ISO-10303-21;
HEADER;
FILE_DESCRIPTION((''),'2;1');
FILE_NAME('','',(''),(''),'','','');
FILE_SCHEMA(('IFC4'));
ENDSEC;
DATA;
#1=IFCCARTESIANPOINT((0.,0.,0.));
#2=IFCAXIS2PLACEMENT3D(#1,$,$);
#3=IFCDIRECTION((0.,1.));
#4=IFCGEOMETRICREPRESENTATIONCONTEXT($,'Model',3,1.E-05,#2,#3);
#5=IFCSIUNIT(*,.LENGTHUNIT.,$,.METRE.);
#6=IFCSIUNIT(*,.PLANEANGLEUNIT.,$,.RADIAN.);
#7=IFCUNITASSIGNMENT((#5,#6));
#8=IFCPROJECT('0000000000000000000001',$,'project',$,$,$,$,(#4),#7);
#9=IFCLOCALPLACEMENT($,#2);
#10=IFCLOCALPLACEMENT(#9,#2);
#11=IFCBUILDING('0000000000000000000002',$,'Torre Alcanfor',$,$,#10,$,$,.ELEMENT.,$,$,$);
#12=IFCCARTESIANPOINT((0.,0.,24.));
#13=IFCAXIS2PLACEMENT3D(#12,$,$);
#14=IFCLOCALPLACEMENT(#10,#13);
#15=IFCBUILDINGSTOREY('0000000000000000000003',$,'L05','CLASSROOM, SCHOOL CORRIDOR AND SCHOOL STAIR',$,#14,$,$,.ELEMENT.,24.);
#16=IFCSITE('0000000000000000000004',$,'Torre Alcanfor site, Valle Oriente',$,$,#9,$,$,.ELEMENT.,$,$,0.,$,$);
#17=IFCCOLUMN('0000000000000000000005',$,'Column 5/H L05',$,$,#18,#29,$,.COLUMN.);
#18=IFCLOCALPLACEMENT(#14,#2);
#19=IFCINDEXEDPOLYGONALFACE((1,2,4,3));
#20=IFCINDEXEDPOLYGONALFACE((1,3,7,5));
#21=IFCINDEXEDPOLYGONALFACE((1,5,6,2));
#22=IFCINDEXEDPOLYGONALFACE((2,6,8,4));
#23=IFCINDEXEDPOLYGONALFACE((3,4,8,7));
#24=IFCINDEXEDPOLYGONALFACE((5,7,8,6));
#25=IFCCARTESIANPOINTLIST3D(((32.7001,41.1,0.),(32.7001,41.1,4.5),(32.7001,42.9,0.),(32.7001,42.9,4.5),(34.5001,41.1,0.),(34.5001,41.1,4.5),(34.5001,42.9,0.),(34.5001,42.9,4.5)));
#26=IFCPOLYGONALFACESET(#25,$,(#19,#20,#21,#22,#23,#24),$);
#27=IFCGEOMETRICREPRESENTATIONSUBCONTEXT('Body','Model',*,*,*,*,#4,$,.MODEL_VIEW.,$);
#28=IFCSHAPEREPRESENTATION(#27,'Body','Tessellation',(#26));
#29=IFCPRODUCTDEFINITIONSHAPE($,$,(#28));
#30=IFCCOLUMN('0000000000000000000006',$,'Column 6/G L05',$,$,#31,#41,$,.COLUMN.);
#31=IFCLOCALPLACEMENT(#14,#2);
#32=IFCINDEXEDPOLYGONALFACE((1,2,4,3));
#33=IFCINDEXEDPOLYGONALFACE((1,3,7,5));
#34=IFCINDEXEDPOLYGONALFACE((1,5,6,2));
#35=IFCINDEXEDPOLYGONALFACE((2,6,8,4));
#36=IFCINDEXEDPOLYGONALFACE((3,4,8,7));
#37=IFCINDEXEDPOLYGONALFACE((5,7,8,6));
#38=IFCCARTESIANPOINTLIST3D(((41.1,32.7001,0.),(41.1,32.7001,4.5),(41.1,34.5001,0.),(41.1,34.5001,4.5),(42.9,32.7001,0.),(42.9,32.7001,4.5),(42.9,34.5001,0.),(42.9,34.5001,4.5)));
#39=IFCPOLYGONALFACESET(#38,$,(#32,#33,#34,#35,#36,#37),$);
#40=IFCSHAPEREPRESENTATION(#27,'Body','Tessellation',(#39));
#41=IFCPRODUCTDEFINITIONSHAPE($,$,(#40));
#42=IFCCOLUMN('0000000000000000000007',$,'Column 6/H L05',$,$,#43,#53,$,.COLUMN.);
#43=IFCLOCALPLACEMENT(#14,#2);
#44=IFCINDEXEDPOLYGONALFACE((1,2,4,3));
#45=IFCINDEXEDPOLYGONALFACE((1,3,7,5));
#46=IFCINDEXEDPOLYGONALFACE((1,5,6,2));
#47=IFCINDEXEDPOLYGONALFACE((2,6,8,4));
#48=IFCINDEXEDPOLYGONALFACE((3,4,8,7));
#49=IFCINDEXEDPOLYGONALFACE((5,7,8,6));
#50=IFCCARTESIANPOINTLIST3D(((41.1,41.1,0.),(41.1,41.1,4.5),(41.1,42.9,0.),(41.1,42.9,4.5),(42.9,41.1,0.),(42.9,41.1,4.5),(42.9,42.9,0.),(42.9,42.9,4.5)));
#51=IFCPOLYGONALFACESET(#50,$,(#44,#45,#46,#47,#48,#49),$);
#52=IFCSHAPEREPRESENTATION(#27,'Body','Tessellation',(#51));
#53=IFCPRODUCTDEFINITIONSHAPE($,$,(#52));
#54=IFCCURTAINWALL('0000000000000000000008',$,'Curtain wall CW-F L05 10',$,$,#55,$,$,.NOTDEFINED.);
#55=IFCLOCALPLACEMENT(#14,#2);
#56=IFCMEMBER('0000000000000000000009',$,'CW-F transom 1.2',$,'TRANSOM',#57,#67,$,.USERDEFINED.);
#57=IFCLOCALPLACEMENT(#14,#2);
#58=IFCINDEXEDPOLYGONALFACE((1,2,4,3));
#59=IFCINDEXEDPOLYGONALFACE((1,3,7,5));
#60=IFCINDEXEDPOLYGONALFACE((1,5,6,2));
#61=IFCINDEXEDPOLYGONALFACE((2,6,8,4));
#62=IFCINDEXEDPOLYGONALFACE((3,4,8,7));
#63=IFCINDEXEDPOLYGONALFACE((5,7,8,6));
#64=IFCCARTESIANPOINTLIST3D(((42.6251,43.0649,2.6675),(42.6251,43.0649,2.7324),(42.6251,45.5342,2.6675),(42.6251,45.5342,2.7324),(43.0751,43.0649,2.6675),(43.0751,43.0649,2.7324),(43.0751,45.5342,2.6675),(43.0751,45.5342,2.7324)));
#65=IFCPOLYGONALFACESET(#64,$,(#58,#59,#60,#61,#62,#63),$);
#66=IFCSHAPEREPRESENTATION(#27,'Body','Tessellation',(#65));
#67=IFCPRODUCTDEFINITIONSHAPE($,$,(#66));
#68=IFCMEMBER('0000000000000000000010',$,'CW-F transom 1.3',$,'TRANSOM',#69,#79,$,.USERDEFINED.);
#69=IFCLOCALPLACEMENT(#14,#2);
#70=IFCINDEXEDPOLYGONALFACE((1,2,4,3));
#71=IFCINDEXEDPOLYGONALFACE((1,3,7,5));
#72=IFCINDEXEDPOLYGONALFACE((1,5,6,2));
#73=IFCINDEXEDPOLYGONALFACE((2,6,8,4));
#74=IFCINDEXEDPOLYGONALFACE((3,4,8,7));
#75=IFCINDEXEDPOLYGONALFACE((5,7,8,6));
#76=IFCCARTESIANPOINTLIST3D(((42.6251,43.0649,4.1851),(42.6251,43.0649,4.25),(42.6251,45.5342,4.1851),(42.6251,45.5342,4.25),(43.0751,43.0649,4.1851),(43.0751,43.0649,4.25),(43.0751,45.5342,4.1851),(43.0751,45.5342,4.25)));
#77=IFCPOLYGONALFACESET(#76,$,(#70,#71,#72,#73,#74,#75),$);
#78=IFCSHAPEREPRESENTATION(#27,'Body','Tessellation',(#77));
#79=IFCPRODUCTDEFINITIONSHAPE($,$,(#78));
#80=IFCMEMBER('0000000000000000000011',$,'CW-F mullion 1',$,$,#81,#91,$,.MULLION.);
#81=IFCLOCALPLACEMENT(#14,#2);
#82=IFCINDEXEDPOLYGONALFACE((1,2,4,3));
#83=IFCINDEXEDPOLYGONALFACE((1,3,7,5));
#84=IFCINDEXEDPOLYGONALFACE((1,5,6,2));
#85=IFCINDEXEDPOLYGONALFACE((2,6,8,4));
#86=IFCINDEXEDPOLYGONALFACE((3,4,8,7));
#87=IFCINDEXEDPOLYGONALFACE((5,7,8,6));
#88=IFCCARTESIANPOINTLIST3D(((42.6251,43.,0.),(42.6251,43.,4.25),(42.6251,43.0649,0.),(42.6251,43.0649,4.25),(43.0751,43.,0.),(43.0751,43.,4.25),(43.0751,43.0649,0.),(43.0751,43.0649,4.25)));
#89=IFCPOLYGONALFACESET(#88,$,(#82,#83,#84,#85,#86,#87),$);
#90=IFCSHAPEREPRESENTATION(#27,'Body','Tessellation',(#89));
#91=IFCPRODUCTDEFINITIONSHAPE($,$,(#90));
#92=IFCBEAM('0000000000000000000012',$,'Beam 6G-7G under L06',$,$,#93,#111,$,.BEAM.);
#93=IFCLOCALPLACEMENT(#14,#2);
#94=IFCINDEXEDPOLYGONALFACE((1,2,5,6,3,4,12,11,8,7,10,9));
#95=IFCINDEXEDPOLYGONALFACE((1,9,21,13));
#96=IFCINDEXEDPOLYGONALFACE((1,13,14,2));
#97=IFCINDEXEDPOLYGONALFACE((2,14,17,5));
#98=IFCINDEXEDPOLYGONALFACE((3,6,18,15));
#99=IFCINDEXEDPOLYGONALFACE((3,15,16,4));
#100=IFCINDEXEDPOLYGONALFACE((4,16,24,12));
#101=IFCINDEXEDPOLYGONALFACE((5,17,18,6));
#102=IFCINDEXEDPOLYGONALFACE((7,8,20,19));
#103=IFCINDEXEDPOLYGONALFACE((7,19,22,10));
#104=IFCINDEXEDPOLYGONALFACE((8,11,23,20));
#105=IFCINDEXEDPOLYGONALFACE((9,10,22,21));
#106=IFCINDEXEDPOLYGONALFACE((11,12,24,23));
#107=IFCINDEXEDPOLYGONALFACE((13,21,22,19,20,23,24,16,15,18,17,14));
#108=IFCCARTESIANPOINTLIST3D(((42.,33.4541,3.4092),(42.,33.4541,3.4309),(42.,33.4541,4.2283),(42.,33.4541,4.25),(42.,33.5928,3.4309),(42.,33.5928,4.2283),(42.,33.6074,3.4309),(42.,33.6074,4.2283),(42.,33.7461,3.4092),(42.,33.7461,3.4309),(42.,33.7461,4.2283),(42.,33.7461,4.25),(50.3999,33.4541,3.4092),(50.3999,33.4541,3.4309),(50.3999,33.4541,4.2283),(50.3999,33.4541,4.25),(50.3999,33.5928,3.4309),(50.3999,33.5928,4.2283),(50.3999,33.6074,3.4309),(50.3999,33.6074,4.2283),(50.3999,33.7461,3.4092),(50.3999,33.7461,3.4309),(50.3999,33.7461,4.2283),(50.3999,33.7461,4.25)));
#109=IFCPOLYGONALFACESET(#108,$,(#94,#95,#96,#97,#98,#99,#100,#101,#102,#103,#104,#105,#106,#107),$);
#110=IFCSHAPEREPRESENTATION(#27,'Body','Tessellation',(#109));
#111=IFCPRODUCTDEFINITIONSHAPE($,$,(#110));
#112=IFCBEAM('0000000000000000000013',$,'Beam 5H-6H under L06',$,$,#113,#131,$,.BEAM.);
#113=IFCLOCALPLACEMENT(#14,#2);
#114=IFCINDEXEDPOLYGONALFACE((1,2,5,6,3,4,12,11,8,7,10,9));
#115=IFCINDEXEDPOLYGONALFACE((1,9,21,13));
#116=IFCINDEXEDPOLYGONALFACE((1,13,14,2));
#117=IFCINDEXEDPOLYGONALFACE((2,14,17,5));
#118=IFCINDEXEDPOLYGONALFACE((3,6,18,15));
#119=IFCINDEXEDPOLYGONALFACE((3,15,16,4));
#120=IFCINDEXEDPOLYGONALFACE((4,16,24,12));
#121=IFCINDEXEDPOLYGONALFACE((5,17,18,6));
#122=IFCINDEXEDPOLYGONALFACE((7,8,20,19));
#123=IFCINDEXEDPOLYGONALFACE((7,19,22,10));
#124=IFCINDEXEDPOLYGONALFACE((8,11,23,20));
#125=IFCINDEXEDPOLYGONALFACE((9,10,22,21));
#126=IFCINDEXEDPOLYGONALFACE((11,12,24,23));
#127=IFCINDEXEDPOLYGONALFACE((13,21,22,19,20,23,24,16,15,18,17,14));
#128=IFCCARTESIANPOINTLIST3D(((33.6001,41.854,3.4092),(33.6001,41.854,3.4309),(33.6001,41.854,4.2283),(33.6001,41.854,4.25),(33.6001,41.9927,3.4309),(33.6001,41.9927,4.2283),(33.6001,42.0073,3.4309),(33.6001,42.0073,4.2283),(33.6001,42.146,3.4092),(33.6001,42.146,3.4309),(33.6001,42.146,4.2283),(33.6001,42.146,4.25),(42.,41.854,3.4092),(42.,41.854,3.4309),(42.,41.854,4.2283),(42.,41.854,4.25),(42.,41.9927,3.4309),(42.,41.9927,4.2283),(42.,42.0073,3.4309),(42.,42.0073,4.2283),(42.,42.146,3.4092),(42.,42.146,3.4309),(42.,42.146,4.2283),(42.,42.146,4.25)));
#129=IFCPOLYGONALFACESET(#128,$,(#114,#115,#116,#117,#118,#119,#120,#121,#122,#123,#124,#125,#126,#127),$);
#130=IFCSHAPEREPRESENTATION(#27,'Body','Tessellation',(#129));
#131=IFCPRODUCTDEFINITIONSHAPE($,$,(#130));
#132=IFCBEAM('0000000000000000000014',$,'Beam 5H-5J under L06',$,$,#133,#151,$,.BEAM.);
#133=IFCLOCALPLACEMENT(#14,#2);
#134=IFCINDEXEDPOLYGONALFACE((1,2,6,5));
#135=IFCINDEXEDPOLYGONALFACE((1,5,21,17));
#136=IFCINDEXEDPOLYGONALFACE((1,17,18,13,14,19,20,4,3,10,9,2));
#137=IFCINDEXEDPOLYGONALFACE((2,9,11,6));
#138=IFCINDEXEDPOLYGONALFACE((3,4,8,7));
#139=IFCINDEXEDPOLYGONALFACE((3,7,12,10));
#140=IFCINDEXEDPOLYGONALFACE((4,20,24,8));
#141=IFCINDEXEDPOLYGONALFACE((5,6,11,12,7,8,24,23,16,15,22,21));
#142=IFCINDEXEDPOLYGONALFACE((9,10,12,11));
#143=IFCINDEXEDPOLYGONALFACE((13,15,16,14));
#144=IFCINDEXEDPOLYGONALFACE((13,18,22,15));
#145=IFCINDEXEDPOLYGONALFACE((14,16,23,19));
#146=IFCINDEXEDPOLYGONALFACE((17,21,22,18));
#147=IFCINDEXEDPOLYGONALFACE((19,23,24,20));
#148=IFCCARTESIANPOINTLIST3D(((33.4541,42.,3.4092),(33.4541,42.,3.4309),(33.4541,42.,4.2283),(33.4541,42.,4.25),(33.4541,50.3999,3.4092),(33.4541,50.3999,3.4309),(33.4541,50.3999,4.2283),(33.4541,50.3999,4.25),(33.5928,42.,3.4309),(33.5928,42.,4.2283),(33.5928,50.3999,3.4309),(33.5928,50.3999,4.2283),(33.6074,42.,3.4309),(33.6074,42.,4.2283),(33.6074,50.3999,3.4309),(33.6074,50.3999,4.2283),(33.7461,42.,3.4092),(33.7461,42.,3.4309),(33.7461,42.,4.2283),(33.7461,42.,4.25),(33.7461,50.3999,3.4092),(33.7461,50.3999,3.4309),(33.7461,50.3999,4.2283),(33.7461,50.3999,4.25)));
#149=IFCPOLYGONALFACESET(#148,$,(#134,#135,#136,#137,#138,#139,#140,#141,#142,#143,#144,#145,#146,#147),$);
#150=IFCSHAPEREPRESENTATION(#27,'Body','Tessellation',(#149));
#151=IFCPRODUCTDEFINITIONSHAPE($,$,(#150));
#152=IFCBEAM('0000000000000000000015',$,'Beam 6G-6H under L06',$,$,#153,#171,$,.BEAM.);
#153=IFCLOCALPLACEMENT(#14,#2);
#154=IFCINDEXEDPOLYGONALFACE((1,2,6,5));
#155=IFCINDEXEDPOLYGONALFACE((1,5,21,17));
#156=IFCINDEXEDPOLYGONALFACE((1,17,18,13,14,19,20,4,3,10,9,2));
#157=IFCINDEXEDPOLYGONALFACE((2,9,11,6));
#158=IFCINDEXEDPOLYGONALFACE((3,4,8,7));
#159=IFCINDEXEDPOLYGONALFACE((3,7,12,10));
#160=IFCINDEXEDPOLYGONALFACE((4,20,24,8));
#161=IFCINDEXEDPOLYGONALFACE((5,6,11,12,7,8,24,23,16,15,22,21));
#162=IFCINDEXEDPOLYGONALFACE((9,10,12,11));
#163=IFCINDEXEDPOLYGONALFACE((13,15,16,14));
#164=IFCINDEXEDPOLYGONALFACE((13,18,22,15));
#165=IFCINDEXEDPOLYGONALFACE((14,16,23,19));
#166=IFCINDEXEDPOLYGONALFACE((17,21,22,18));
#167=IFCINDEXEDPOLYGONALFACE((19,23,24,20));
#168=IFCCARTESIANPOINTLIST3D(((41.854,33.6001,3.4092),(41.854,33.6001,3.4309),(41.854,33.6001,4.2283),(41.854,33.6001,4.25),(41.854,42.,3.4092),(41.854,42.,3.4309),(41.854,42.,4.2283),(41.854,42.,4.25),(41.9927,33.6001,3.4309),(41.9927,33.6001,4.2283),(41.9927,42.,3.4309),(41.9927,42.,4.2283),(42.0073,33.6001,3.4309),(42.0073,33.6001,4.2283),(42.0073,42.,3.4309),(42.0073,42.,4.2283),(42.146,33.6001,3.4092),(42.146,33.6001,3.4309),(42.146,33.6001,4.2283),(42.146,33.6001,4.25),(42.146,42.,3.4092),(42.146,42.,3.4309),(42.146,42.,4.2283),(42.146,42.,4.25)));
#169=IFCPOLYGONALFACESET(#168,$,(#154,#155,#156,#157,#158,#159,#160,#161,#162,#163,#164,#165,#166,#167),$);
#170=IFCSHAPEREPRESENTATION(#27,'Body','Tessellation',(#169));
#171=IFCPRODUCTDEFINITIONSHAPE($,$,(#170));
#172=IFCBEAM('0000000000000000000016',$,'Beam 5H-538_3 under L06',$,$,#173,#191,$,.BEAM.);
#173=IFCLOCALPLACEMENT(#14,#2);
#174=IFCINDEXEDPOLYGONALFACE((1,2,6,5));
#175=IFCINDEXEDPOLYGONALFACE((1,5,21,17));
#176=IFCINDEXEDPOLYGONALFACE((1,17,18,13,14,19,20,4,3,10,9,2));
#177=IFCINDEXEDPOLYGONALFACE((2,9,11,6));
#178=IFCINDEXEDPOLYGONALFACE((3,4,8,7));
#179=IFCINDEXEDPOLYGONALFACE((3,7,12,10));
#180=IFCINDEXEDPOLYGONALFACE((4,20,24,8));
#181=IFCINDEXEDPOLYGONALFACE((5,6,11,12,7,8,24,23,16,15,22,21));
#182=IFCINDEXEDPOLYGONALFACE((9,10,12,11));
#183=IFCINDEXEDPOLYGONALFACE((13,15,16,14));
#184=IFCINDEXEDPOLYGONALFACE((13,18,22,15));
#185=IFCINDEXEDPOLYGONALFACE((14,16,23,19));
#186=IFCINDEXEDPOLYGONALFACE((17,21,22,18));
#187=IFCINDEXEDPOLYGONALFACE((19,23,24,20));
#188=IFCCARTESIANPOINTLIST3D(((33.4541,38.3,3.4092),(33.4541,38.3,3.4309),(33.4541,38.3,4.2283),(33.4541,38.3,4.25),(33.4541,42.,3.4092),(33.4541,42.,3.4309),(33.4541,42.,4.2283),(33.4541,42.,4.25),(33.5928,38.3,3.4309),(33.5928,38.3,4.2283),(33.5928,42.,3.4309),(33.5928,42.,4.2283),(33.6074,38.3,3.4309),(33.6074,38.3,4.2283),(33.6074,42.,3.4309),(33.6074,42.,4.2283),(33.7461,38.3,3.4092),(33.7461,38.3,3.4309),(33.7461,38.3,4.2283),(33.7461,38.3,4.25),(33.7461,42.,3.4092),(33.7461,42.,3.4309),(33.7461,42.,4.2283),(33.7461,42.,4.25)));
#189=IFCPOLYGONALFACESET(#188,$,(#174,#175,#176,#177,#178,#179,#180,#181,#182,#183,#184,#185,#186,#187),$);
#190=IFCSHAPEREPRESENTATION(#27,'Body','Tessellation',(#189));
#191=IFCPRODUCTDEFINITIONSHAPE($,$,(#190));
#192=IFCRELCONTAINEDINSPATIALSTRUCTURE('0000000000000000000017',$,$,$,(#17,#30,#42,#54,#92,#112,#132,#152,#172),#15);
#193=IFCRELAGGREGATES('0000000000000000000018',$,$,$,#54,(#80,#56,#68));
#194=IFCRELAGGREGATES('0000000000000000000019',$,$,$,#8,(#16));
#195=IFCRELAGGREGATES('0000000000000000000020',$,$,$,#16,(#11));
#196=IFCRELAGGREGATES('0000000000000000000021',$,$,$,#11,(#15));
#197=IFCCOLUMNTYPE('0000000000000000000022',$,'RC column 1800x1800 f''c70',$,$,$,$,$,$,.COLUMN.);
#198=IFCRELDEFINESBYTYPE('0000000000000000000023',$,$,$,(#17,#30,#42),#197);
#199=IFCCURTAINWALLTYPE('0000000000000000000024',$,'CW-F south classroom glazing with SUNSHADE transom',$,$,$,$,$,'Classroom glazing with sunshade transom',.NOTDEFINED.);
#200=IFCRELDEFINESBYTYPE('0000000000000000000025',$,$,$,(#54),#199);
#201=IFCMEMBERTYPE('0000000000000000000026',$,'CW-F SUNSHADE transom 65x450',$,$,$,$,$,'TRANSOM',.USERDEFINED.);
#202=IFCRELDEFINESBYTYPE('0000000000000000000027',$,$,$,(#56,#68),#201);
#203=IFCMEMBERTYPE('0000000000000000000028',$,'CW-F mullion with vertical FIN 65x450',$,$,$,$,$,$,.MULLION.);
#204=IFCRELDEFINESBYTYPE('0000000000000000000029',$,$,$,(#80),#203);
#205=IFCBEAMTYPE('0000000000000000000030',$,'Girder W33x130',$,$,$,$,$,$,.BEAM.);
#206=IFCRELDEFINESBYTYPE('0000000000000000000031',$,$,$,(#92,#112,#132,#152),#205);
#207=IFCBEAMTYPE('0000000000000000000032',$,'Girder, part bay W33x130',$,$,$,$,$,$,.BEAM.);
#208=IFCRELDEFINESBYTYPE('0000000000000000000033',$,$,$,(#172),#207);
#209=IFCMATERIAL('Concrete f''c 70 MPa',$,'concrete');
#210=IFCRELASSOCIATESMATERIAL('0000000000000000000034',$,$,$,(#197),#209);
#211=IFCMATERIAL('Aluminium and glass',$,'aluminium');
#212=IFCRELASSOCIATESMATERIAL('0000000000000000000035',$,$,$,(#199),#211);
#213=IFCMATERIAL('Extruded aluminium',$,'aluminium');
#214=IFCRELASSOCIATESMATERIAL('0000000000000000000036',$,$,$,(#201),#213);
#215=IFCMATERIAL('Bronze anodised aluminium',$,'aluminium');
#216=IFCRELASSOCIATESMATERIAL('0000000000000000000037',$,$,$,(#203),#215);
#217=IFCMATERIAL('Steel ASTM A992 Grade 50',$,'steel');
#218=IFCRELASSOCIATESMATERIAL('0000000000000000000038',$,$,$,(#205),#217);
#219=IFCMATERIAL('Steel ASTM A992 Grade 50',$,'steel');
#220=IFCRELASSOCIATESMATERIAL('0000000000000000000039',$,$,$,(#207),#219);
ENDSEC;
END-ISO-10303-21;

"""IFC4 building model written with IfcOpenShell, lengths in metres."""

from ifc_helpers import new_model, si_unit, direction, frame, origin, origin_2d, place, context, subcontext, project, spatial, rectangle, i_section, extrude, material, material_profile, profile_set, type_object, element, aggregate, save


model = new_model("IFC4")

# Units and contexts
model_context = context("Model", 3, precision=1e-05, world=origin(), true_north=direction((0.0, 1.0)))
body_context = subcontext(model_context, "Body", "Model", "MODEL_VIEW")
ifc_project = project(units=[si_unit("LENGTHUNIT", "METRE"), si_unit("PLANEANGLEUNIT", "RADIAN")], contexts=[model_context])

# Site, building, storey
site_placement = place(None, origin())
site = spatial("IfcSite", under=ifc_project, at=site_placement, Name="Torre Alcanfor site, Valle Oriente", CompositionType="ELEMENT", RefElevation=0.0)
building_placement = place(site_placement, origin())
building = spatial("IfcBuilding", under=site, at=building_placement, Name="Torre Alcanfor", CompositionType="ELEMENT")
storey_placement = place(building_placement, frame((0.0, 0.0, 24.0)))
storey = spatial("IfcBuildingStorey", under=building, at=storey_placement, Name="L05", Description="CLASSROOM, SCHOOL CORRIDOR AND SCHOOL STAIR", CompositionType="ELEMENT", Elevation=24.0)

# Columns
ifc_material_1 = material(Name="Concrete f'c 70 MPa", Category="concrete")
ifc_material_profile_1 = material_profile(ifc_material_1, rectangle(XDim=1.8, YDim=1.8, at=origin_2d()), Name="1800x1800")
ifc_profile_set_1 = profile_set([ifc_material_profile_1], Name="Concrete f'c 70 MPa")
column_type = type_object("IfcColumnType", Name="RC column 1800x1800 f'c70", PredefinedType="COLUMN", material=ifc_profile_set_1)
for number, where, z_axis, x_axis, name in (
    (1, (33.6001, 42.0, 0.0), (0.0, 0.0, 1.0), (1.0, 0.0, 0.0), "Column 5/H L05"),
    (2, (42.0, 33.6001, 0.0), (0.0, 0.0, 1.0), (1.0, 0.0, 0.0), "Column 6/G L05"),
    (3, (42.0, 42.0, 0.0), (0.0, 0.0, 1.0), (1.0, 0.0, 0.0), "Column 6/H L05"),
):
    element("IfcColumn", number, at=place(storey_placement, frame(where, z_axis=z_axis, x_axis=x_axis)), inside=storey, type_object=column_type, Name=name, PredefinedType="COLUMN", context=body_context, shape_type="SweptSolid", body=[
        extrude(rectangle(XDim=1.8, YDim=1.8, at=origin_2d()), origin(), (0.0, 0.0, 1.0), 4.5),
    ])

# Curtain wall, members
ifc_material_2 = material(Name="Aluminium and glass", Category="aluminium")
curtain_wall_type = type_object("IfcCurtainWallType", Name="CW-F south classroom glazing with SUNSHADE transom", ElementType="Classroom glazing with sunshade transom", PredefinedType="NOTDEFINED", material=ifc_material_2)
curtain_wall_placement = place(storey_placement, origin())
curtain_wall = element("IfcCurtainWall", 4, at=curtain_wall_placement, inside=storey, type_object=curtain_wall_type, Name="Curtain wall CW-F L05 10", PredefinedType="NOTDEFINED")
ifc_material_3 = material(Name="Extruded aluminium", Category="aluminium")
ifc_material_profile_2 = material_profile(ifc_material_3, rectangle(XDim=0.45, YDim=0.0649, at=origin_2d()), Name="CW-F transom 450x65")
ifc_profile_set_2 = profile_set([ifc_material_profile_2], Name="Extruded aluminium")
member_type_1 = type_object("IfcMemberType", Name="CW-F SUNSHADE transom 65x450", ElementType="TRANSOM", PredefinedType="USERDEFINED", material=ifc_profile_set_2)
member_1_placement = place(storey_placement, frame((42.8501, 43.0649, 2.7), z_axis=(0.0, 1.0, 0.0), x_axis=(-1.0, 0.0, 0.0)))
member_1 = element("IfcMember", 5, at=member_1_placement, type_object=member_type_1, Name="CW-F transom 1.2", ObjectType="TRANSOM", PredefinedType="USERDEFINED", context=body_context, shape_type="SweptSolid", body=[
    extrude(rectangle(XDim=0.45, YDim=0.0649, at=origin_2d()), origin(), (0.0, 0.0, 1.0), 2.4692),
])
member_2_placement = place(storey_placement, frame((42.8501, 43.0649, 4.2175), z_axis=(0.0, 1.0, 0.0), x_axis=(-1.0, 0.0, 0.0)))
member_2 = element("IfcMember", 6, at=member_2_placement, type_object=member_type_1, Name="CW-F transom 1.3", ObjectType="TRANSOM", PredefinedType="USERDEFINED", context=body_context, shape_type="SweptSolid", body=[
    extrude(rectangle(XDim=0.45, YDim=0.0649, at=origin_2d()), origin(), (0.0, 0.0, 1.0), 2.4692),
])
ifc_material_4 = material(Name="Bronze anodised aluminium", Category="aluminium")
ifc_material_profile_3 = material_profile(ifc_material_4, rectangle(XDim=0.45, YDim=0.0649, at=origin_2d()), Name="CW-F mullion 65x450")
ifc_profile_set_3 = profile_set([ifc_material_profile_3], Name="Bronze anodised aluminium")
member_type_2 = type_object("IfcMemberType", Name="CW-F mullion with vertical FIN 65x450", PredefinedType="MULLION", material=ifc_profile_set_3)
member_3_placement = place(storey_placement, frame((42.8501, 43.0325, 0.0), z_axis=(0.0, 0.0, 1.0), x_axis=(-1.0, 0.0, 0.0)))
member_3 = element("IfcMember", 7, at=member_3_placement, type_object=member_type_2, Name="CW-F mullion 1", PredefinedType="MULLION", context=body_context, shape_type="SweptSolid", body=[
    extrude(rectangle(XDim=0.45, YDim=0.0649, at=origin_2d()), origin(), (0.0, 0.0, 1.0), 4.25),
])
aggregate(curtain_wall, [member_3, member_1, member_2])

# Beams
ifc_material_5 = material(Name="Steel ASTM A992 Grade 50", Category="steel")
ifc_material_profile_4 = material_profile(ifc_material_5, i_section(OverallWidth=0.292, OverallDepth=0.8408, WebThickness=0.0146, FlangeThickness=0.0217, at=origin_2d()), Name="W33x130")
ifc_profile_set_4 = profile_set([ifc_material_profile_4], Name="Steel ASTM A992 Grade 50")
beam_type_1 = type_object("IfcBeamType", Name="Girder W33x130", PredefinedType="BEAM", material=ifc_profile_set_4)
for number, where, z_axis, x_axis, name in (
    (8, (42.0, 33.6001, 3.8296), (1.0, 0.0, 0.0), (0.0, 1.0, 0.0), "Beam 6G-7G under L06"),
    (9, (33.6001, 42.0, 3.8296), (1.0, 0.0, 0.0), (0.0, 1.0, 0.0), "Beam 5H-6H under L06"),
    (10, (33.6001, 42.0, 3.8296), (0.0, 1.0, 0.0), (-1.0, 0.0, 0.0), "Beam 5H-5J under L06"),
    (11, (42.0, 33.6001, 3.8296), (0.0, 1.0, 0.0), (-1.0, 0.0, 0.0), "Beam 6G-6H under L06"),
):
    element("IfcBeam", number, at=place(storey_placement, frame(where, z_axis=z_axis, x_axis=x_axis)), inside=storey, type_object=beam_type_1, Name=name, PredefinedType="BEAM", context=body_context, shape_type="SweptSolid", body=[
        extrude(i_section(OverallWidth=0.292, OverallDepth=0.8408, WebThickness=0.0146, FlangeThickness=0.0217, at=origin_2d()), origin(), (0.0, 0.0, 1.0), 8.3999),
    ])
ifc_material_6 = material(Name="Steel ASTM A992 Grade 50", Category="steel")
ifc_material_profile_5 = material_profile(ifc_material_6, i_section(OverallWidth=0.292, OverallDepth=0.8408, WebThickness=0.0146, FlangeThickness=0.0217, at=origin_2d()), Name="W33x130")
ifc_profile_set_5 = profile_set([ifc_material_profile_5], Name="Steel ASTM A992 Grade 50")
beam_type_2 = type_object("IfcBeamType", Name="Girder, part bay W33x130", PredefinedType="BEAM", material=ifc_profile_set_5)
for number, where, z_axis, x_axis, name in (
    (12, (33.6001, 42.0, 3.8296), (0.0, -1.0, 0.0), (1.0, 0.0, 0.0), "Beam 5H-538_3 under L06"),
):
    element("IfcBeam", number, at=place(storey_placement, frame(where, z_axis=z_axis, x_axis=x_axis)), inside=storey, type_object=beam_type_2, Name=name, PredefinedType="BEAM", context=body_context, shape_type="SweptSolid", body=[
        extrude(i_section(OverallWidth=0.292, OverallDepth=0.8408, WebThickness=0.0146, FlangeThickness=0.0217, at=origin_2d()), origin(), (0.0, 0.0, 1.0), 3.7),
    ])

save(model, "model.ifc")
